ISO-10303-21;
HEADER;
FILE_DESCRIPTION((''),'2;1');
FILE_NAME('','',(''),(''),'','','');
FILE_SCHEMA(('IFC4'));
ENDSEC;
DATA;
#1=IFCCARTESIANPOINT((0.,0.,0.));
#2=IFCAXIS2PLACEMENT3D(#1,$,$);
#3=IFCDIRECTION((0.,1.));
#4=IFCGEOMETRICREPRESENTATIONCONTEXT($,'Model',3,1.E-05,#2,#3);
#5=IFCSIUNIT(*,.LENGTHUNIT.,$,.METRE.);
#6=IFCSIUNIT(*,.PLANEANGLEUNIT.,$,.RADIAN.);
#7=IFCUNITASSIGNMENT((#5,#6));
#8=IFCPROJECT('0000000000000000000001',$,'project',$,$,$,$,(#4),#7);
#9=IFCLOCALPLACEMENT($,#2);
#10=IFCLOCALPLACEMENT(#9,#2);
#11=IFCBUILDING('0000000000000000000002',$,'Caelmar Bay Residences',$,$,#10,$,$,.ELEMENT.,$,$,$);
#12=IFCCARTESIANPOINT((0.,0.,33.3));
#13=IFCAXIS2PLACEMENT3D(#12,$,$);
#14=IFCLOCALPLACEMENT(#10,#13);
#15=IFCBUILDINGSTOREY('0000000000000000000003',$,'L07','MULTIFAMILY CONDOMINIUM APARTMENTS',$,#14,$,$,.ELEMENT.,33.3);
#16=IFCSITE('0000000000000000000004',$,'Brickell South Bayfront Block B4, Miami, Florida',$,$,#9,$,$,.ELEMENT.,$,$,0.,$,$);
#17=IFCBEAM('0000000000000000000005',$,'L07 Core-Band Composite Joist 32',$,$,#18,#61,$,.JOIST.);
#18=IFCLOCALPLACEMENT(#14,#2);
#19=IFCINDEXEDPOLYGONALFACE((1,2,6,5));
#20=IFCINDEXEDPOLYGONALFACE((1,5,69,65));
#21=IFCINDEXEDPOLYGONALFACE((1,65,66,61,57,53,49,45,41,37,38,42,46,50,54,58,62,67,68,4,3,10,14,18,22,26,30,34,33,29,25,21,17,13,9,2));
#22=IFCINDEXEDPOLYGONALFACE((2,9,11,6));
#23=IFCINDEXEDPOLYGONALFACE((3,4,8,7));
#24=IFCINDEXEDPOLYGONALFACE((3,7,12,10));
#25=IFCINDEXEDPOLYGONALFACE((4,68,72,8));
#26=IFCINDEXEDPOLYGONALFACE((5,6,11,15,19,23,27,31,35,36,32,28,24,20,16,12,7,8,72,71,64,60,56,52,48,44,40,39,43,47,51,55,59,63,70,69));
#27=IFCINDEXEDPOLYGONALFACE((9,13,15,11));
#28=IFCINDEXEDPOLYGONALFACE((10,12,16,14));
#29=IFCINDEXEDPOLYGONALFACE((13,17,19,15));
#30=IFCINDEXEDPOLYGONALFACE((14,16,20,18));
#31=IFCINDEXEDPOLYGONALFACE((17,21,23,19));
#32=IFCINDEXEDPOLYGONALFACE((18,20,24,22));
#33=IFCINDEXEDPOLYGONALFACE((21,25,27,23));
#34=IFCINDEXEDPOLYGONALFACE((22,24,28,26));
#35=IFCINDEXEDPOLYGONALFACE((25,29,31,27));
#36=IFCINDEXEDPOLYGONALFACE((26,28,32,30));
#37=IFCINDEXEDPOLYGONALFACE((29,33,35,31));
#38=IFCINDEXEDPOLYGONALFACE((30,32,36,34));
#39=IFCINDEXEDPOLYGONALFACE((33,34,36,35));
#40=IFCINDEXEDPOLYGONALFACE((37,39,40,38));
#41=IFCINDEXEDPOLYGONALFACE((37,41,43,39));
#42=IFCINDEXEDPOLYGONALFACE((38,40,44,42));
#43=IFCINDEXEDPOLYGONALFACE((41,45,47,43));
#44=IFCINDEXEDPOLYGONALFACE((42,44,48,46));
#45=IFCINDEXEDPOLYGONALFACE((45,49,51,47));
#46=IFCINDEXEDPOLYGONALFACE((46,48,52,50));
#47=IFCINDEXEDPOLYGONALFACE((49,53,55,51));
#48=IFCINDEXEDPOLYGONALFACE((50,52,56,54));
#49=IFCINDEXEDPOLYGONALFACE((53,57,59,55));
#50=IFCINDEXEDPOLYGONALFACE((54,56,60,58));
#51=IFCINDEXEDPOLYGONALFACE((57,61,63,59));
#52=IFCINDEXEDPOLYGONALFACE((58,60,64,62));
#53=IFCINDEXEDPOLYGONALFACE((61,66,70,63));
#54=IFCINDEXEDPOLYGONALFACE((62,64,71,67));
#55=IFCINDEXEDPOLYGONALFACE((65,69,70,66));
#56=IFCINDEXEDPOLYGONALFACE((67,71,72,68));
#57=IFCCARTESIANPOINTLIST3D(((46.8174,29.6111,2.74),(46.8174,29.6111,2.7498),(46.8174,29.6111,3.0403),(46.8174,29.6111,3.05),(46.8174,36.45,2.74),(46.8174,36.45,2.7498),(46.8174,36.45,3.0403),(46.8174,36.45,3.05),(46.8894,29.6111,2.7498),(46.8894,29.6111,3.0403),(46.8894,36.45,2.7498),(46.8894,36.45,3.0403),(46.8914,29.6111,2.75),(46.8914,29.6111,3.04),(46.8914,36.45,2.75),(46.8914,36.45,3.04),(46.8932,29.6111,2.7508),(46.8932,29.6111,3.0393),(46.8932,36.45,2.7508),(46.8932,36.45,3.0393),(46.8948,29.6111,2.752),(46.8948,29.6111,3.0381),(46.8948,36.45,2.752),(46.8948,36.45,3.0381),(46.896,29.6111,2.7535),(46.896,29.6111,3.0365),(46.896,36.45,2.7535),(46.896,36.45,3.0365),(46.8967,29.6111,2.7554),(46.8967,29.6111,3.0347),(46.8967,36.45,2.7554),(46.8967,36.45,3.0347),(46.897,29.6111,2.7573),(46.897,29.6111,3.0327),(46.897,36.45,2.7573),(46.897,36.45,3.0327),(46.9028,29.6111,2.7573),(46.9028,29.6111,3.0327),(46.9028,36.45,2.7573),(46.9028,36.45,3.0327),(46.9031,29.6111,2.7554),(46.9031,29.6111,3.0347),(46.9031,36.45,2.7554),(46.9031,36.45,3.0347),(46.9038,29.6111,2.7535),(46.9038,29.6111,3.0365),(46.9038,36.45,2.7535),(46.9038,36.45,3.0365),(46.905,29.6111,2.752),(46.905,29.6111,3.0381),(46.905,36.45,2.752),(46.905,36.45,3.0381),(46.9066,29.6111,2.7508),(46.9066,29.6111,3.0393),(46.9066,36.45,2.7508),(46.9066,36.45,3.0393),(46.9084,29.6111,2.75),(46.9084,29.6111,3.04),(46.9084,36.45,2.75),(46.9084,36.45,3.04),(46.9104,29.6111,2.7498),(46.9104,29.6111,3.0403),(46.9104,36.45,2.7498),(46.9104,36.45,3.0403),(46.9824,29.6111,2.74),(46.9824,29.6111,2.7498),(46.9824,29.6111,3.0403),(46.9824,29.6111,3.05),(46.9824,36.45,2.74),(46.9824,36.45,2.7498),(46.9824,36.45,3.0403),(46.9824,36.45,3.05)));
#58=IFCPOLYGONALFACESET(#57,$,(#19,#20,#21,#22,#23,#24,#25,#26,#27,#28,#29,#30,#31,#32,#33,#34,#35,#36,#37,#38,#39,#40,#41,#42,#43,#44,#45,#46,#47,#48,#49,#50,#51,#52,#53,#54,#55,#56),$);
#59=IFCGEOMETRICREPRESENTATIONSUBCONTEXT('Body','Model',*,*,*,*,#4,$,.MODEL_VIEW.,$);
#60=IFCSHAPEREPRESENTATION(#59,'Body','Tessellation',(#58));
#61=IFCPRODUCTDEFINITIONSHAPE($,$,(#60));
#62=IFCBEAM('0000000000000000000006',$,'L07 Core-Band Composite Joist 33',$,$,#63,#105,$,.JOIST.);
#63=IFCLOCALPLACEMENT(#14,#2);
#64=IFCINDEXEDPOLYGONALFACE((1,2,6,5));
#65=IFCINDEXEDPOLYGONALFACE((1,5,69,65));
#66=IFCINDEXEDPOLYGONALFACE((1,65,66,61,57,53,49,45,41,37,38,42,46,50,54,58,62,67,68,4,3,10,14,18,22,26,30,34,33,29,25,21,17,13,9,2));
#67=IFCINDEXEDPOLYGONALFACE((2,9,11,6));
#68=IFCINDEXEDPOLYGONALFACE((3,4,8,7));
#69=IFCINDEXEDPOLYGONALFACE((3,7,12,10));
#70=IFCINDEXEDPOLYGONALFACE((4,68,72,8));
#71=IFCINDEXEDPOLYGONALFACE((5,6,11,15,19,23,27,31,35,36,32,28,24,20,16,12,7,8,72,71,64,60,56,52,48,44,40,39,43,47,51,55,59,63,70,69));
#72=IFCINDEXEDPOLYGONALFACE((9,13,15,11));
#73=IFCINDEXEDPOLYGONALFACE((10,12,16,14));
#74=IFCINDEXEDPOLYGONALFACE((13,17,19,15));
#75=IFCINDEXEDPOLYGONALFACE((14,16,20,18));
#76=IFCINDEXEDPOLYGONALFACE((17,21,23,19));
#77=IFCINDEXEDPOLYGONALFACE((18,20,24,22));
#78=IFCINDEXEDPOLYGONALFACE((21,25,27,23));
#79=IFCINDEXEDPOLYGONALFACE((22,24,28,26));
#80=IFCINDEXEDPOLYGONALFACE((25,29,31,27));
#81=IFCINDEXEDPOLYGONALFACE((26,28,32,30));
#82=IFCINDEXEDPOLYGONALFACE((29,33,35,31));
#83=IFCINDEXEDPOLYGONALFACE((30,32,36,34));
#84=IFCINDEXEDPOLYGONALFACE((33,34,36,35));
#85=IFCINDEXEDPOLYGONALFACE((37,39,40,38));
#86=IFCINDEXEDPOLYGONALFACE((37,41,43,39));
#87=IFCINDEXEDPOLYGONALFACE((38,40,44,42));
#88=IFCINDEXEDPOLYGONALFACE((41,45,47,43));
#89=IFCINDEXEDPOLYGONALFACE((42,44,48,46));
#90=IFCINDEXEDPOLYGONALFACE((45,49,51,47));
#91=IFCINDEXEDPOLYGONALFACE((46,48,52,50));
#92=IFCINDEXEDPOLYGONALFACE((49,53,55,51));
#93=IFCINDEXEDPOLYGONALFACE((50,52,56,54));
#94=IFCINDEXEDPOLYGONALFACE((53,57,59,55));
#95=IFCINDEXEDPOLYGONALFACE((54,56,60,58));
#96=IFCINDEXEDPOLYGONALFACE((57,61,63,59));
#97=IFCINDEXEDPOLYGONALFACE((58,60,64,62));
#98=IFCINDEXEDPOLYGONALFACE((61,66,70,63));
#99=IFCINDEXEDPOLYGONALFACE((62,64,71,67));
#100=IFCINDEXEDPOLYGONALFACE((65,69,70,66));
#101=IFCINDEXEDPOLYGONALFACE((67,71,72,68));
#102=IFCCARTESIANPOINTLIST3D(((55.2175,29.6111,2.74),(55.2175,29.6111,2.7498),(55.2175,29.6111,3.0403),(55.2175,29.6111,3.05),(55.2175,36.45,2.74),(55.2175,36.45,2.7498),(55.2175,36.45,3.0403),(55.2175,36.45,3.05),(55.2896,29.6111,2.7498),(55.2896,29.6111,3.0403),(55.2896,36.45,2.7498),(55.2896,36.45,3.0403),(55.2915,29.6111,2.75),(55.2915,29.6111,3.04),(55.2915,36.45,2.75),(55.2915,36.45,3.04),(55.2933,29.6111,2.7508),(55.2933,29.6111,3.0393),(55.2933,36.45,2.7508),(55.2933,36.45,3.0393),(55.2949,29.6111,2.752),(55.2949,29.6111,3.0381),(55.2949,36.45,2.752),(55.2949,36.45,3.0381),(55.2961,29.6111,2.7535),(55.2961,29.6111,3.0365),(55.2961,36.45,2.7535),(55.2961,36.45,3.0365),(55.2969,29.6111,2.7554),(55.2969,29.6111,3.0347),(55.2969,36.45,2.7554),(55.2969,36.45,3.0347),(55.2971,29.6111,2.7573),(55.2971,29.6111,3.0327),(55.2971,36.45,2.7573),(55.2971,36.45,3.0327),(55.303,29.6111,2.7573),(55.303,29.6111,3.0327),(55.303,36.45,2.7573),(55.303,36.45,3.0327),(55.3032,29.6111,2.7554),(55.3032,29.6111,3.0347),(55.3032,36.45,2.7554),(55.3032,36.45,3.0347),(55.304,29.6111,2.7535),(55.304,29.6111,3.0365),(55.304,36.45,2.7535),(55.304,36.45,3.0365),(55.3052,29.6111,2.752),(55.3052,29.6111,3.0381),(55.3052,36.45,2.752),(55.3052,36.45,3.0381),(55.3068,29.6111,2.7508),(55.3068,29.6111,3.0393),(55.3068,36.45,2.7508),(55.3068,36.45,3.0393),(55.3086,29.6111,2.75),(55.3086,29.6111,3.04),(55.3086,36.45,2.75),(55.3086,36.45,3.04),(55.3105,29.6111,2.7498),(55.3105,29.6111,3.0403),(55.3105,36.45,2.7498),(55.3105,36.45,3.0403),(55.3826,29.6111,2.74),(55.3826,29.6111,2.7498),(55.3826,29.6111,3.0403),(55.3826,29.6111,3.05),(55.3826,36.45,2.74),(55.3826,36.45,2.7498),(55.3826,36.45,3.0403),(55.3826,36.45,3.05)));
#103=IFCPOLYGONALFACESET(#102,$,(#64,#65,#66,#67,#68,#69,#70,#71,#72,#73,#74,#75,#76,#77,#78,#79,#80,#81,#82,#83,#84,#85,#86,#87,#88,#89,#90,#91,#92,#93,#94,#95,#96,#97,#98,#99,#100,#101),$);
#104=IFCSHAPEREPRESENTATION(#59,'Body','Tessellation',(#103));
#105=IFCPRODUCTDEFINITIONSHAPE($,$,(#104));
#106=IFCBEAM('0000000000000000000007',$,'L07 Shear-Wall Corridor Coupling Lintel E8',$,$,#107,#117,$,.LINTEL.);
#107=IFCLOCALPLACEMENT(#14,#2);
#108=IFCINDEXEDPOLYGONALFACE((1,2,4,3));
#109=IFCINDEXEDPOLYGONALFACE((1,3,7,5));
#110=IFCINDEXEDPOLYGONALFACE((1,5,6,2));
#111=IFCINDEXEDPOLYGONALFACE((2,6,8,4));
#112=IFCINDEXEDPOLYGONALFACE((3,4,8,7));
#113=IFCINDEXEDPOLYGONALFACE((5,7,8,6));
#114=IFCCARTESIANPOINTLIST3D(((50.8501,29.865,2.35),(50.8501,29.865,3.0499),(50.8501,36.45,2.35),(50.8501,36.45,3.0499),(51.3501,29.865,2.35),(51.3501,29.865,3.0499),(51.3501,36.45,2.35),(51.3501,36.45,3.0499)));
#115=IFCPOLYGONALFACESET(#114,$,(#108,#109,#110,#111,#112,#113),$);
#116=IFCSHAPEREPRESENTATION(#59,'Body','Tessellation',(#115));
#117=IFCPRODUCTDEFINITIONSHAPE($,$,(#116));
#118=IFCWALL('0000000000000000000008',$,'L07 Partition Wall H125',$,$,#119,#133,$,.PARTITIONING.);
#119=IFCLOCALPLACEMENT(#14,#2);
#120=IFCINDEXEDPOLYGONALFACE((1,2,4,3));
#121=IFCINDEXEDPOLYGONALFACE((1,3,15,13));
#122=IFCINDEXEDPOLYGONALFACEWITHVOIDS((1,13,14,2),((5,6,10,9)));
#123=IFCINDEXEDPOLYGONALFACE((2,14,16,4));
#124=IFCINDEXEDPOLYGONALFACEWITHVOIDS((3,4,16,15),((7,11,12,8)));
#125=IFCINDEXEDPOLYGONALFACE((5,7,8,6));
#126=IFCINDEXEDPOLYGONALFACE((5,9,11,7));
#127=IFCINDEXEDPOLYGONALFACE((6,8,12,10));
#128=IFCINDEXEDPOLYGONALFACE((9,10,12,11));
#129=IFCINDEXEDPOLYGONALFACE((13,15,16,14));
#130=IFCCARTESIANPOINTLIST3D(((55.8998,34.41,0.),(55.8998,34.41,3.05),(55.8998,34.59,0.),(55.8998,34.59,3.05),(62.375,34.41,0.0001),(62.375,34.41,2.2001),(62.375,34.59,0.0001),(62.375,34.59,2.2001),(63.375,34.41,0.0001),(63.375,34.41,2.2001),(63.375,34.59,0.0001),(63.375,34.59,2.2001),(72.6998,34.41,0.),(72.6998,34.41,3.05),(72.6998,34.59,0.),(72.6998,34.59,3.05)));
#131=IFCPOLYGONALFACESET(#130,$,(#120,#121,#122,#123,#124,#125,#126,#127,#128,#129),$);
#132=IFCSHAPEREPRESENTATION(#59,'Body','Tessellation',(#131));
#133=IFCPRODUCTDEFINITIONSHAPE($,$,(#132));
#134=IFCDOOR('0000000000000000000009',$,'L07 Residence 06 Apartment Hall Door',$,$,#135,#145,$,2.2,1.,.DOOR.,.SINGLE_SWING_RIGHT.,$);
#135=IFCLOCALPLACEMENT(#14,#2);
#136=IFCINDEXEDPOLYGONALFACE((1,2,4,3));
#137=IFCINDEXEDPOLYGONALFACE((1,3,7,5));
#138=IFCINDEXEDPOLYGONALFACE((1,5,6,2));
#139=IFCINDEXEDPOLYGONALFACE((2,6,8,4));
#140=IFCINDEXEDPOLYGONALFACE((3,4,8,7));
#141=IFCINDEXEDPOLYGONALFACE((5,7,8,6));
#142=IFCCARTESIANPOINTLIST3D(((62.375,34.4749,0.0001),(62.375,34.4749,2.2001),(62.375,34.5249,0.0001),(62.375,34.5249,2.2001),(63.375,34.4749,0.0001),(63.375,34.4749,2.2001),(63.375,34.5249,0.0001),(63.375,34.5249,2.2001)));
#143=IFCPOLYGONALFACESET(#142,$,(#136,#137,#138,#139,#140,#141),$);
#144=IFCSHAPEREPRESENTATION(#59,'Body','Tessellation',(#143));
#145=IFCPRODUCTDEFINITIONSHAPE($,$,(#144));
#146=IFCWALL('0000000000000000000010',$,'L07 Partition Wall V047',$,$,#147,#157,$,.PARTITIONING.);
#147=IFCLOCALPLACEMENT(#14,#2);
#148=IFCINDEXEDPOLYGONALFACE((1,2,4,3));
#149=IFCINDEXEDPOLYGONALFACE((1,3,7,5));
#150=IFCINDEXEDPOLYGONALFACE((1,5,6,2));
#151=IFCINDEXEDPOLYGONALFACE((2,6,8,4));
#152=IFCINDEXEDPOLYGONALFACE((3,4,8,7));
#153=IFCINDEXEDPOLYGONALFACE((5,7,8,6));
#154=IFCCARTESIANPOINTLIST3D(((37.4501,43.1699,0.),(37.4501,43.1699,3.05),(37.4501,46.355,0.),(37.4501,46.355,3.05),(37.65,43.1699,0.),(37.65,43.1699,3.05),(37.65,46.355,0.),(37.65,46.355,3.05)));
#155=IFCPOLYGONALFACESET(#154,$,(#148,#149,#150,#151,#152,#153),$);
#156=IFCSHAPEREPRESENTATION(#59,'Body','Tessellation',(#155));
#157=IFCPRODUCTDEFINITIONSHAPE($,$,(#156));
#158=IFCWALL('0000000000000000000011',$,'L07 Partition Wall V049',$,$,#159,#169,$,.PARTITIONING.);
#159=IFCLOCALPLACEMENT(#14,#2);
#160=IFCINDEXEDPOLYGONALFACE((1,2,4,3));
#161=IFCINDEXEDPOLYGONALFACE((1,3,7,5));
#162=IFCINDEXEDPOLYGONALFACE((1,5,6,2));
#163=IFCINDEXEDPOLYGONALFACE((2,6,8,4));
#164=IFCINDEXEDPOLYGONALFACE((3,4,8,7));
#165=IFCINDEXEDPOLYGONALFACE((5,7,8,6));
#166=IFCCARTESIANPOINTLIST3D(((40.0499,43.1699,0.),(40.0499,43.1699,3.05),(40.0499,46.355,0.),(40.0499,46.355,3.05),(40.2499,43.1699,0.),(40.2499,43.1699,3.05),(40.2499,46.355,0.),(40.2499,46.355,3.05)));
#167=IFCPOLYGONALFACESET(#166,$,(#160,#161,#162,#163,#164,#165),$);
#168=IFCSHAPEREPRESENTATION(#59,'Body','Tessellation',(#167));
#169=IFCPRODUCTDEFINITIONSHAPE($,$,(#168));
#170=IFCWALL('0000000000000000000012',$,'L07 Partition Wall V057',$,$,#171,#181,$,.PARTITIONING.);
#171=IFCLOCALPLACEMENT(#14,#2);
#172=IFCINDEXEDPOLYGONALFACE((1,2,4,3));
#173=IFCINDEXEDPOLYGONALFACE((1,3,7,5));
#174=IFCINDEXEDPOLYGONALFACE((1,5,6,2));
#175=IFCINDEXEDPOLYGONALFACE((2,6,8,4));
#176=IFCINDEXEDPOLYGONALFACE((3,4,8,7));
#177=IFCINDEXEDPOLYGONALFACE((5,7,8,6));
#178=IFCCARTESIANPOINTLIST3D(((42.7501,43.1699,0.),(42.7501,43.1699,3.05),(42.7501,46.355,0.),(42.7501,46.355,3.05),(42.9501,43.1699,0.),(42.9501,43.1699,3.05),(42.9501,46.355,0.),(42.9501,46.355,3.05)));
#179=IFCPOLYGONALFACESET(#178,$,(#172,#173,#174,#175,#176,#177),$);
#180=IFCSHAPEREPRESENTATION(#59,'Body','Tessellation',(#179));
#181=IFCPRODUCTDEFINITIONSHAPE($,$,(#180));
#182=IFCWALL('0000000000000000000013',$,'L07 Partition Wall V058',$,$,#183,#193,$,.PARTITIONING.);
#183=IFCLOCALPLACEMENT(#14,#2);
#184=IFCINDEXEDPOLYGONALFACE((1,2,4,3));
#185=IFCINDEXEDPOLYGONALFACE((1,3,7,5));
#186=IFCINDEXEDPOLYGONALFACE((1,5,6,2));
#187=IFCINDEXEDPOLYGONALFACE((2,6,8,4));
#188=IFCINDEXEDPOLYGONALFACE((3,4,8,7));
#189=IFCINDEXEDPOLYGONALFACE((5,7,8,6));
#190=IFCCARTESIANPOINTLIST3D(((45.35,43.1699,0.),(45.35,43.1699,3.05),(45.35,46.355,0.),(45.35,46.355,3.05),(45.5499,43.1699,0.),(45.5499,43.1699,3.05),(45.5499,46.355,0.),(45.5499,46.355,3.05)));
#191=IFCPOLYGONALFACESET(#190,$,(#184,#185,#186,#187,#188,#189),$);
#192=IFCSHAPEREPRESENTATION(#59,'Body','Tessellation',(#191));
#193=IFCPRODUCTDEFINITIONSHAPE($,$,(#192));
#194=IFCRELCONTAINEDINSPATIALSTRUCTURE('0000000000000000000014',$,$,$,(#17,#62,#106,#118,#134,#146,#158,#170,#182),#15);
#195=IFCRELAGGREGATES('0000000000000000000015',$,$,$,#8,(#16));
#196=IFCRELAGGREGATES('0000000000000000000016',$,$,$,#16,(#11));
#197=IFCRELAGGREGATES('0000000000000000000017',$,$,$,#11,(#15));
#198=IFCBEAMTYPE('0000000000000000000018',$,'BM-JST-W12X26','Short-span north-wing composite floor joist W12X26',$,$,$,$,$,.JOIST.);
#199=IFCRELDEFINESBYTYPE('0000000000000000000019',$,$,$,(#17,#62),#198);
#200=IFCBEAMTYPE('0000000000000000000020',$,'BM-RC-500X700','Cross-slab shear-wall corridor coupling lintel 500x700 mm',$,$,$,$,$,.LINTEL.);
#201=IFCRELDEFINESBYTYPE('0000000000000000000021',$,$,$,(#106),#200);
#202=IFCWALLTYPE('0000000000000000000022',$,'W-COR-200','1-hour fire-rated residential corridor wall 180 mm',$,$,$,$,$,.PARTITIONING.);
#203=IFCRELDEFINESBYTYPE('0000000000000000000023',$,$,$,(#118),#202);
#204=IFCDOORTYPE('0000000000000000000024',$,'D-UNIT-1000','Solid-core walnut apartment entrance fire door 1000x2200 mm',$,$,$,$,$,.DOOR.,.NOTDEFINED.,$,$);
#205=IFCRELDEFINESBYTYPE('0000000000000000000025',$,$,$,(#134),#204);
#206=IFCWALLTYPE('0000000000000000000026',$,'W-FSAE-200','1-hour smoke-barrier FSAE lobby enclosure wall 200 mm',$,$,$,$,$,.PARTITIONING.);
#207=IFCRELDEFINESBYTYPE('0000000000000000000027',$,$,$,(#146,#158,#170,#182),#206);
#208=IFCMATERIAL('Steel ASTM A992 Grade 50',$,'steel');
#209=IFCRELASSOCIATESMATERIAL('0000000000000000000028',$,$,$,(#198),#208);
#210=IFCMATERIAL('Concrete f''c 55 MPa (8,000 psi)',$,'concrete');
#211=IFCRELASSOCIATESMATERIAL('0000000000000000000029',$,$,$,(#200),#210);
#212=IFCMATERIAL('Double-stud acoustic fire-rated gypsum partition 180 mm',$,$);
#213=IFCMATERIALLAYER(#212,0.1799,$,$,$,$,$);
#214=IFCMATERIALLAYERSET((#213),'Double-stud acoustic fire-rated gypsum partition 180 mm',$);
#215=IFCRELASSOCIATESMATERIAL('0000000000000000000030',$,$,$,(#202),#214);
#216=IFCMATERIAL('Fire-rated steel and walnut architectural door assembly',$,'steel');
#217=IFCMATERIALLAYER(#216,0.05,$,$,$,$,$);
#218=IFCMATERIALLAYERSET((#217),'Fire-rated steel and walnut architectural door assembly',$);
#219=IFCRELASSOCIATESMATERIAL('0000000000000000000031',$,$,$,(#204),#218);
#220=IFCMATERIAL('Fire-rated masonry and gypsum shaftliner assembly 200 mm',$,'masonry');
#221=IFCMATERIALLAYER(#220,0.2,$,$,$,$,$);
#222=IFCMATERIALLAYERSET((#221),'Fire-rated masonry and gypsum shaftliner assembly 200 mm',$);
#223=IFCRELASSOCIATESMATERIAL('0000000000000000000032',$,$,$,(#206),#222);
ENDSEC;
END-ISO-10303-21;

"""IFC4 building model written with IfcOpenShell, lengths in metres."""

from ifc_helpers import new_model, si_unit, direction, frame, frame_2d, origin, origin_2d, place, context, subcontext, project, spatial, rectangle, i_section, extrude, material, layer, layer_set, material_profile, profile_set, type_object, element, fill, save


model = new_model("IFC4")

# Units and contexts
model_context = context("Model", 3, precision=1e-05, world=origin(), true_north=direction((0.0, 1.0)))
body_context = subcontext(model_context, "Body", "Model", "MODEL_VIEW")
ifc_project = project(units=[si_unit("LENGTHUNIT", "METRE"), si_unit("PLANEANGLEUNIT", "RADIAN")], contexts=[model_context])

# Site, building, storey
site_placement = place(None, origin())
site = spatial("IfcSite", under=ifc_project, at=site_placement, Name="Brickell South Bayfront Block B4, Miami, Florida", CompositionType="ELEMENT", RefElevation=0.0)
building_placement = place(site_placement, origin())
building = spatial("IfcBuilding", under=site, at=building_placement, Name="Caelmar Bay Residences", CompositionType="ELEMENT")
storey_placement = place(building_placement, frame((0.0, 0.0, 33.3)))
storey = spatial("IfcBuildingStorey", under=building, at=storey_placement, Name="L07", Description="MULTIFAMILY CONDOMINIUM APARTMENTS", CompositionType="ELEMENT", Elevation=33.3)

# Beams
ifc_material_1 = material(Name="Steel ASTM A992 Grade 50", Category="steel")
ifc_material_profile_1 = material_profile(ifc_material_1, i_section(OverallWidth=0.165, OverallDepth=0.3101, WebThickness=0.0059, FlangeThickness=0.0098, FilletRadius=0.0076, at=origin_2d()), Name="W12X26")
ifc_profile_set_1 = profile_set([ifc_material_profile_1], Name="Steel ASTM A992 Grade 50")
beam_type_1 = type_object("IfcBeamType", Name="BM-JST-W12X26", Description="Short-span north-wing composite floor joist W12X26", PredefinedType="JOIST", material=ifc_profile_set_1)
for number, where, z_axis, x_axis, name in (
    (1, (46.8999, 29.6111, 2.895), (0.0, 1.0, 0.0), (-1.0, 0.0, 0.0), "L07 Core-Band Composite Joist 32"),
    (2, (55.3, 29.6111, 2.895), (0.0, 1.0, 0.0), (-1.0, 0.0, 0.0), "L07 Core-Band Composite Joist 33"),
):
    element("IfcBeam", number, at=place(storey_placement, frame(where, z_axis=z_axis, x_axis=x_axis)), inside=storey, type_object=beam_type_1, Name=name, PredefinedType="JOIST", context=body_context, shape_type="SweptSolid", body=[
        extrude(i_section(OverallWidth=0.165, OverallDepth=0.3101, WebThickness=0.0059, FlangeThickness=0.0098, FilletRadius=0.0076, at=origin_2d()), origin(), (0.0, 0.0, 1.0), 6.8389),
    ])
ifc_material_2 = material(Name="Concrete f'c 55 MPa (8,000 psi)", Category="concrete")
ifc_material_profile_2 = material_profile(ifc_material_2, rectangle(XDim=0.5, YDim=0.7, at=origin_2d()), Name="RC-BM-500X700")
ifc_profile_set_2 = profile_set([ifc_material_profile_2], Name="Concrete f'c 55 MPa (8,000 psi)")
beam_type_2 = type_object("IfcBeamType", Name="BM-RC-500X700", Description="Cross-slab shear-wall corridor coupling lintel 500x700 mm", PredefinedType="LINTEL", material=ifc_profile_set_2)
beam_1_placement = place(storey_placement, frame((51.1001, 29.865, 2.7), z_axis=(0.0, 1.0, 0.0), x_axis=(-1.0, 0.0, 0.0)))
element("IfcBeam", 3, at=beam_1_placement, inside=storey, type_object=beam_type_2, Name="L07 Shear-Wall Corridor Coupling Lintel E8", PredefinedType="LINTEL", context=body_context, shape_type="SweptSolid", body=[
    extrude(rectangle(XDim=0.5, YDim=0.7, at=origin_2d()), origin(), (0.0, 0.0, 1.0), 6.585),
])

# Wall, opening, door
ifc_material_3 = material(Name="Fire-rated steel and walnut architectural door assembly", Category="steel")
ifc_material_4 = material(Name="Double-stud acoustic fire-rated gypsum partition 180 mm")
ifc_layer_1 = layer(ifc_material_4, 0.1799)
ifc_layer_set_1 = layer_set([ifc_layer_1], Name="Double-stud acoustic fire-rated gypsum partition 180 mm")
wall_type_1 = type_object("IfcWallType", Name="W-COR-200", Description="1-hour fire-rated residential corridor wall 180 mm", PredefinedType="PARTITIONING", material=ifc_layer_set_1)
wall_1_placement = place(storey_placement, frame((55.8999, 34.5, 0.0), z_axis=(0.0, 0.0, 1.0), x_axis=(1.0, 0.0, 0.0)))
wall_1 = element("IfcWall", 4, at=wall_1_placement, inside=storey, type_object=wall_type_1, Name="L07 Partition Wall H125", PredefinedType="PARTITIONING", context=body_context, shape_type="SweptSolid", body=[
    extrude(rectangle(XDim=16.8, YDim=0.1799, at=frame_2d((8.3999, 0.0))), origin(), (0.0, 0.0, 1.0), 3.05),
])
opening_1_placement = place(wall_1_placement, frame((6.4751, 0.0, 0.0)))
opening_1 = element("IfcOpeningElement", 5, at=opening_1_placement, cuts=wall_1, PredefinedType="OPENING", context=body_context, shape_type="SweptSolid", body=[
    extrude(rectangle(XDim=1.0, YDim=2.2, at=frame_2d((0.5, 1.1001))), frame((0.0, 0.0999, 0.0), z_axis=(0.0, -1.0, 0.0), x_axis=(1.0, 0.0, 0.0)), (0.0, 0.0, 1.0), 0.2),
])
ifc_layer_2 = layer(ifc_material_3, 0.05)
ifc_layer_set_2 = layer_set([ifc_layer_2], Name="Fire-rated steel and walnut architectural door assembly")
door_type_1 = type_object("IfcDoorType", Name="D-UNIT-1000", Description="Solid-core walnut apartment entrance fire door 1000x2200 mm", OperationType="NOTDEFINED", PredefinedType="DOOR", material=ifc_layer_set_2)
door_1_placement = place(opening_1_placement, origin())
door_1 = element("IfcDoor", 6, at=door_1_placement, inside=storey, type_object=door_type_1, Name="L07 Residence 06 Apartment Hall Door", OperationType="SINGLE_SWING_RIGHT", OverallHeight=2.2, OverallWidth=1.0, PredefinedType="DOOR", context=body_context, shape_type="SweptSolid", body=[
    extrude(rectangle(XDim=1.0, YDim=2.2, at=frame_2d((0.5, 1.1001))), frame((0.0, 0.0249, 0.0), z_axis=(0.0, -1.0, 0.0), x_axis=(1.0, 0.0, 0.0)), (0.0, 0.0, 1.0), 0.05),
])
fill(opening_1, door_1)

# Walls
ifc_material_5 = material(Name="Fire-rated masonry and gypsum shaftliner assembly 200 mm", Category="masonry")
ifc_layer_3 = layer(ifc_material_5, 0.2)
ifc_layer_set_3 = layer_set([ifc_layer_3], Name="Fire-rated masonry and gypsum shaftliner assembly 200 mm")
wall_type_2 = type_object("IfcWallType", Name="W-FSAE-200", Description="1-hour smoke-barrier FSAE lobby enclosure wall 200 mm", PredefinedType="PARTITIONING", material=ifc_layer_set_3)
for number, where, z_axis, x_axis, name in (
    (7, (37.55, 43.1699, 0.0), (0.0, 0.0, 1.0), (0.0, 1.0, 0.0), "L07 Partition Wall V047"),
    (8, (40.1499, 43.1699, 0.0), (0.0, 0.0, 1.0), (0.0, 1.0, 0.0), "L07 Partition Wall V049"),
    (9, (42.8501, 43.1699, 0.0), (0.0, 0.0, 1.0), (0.0, 1.0, 0.0), "L07 Partition Wall V057"),
    (10, (45.45, 43.1699, 0.0), (0.0, 0.0, 1.0), (0.0, 1.0, 0.0), "L07 Partition Wall V058"),
):
    element("IfcWall", number, at=place(storey_placement, frame(where, z_axis=z_axis, x_axis=x_axis)), inside=storey, type_object=wall_type_2, Name=name, PredefinedType="PARTITIONING", context=body_context, shape_type="SweptSolid", body=[
        extrude(rectangle(XDim=3.1851, YDim=0.2, at=frame_2d((1.5925, 0.0))), origin(), (0.0, 0.0, 1.0), 3.05),
    ])

save(model, "model.ifc")
